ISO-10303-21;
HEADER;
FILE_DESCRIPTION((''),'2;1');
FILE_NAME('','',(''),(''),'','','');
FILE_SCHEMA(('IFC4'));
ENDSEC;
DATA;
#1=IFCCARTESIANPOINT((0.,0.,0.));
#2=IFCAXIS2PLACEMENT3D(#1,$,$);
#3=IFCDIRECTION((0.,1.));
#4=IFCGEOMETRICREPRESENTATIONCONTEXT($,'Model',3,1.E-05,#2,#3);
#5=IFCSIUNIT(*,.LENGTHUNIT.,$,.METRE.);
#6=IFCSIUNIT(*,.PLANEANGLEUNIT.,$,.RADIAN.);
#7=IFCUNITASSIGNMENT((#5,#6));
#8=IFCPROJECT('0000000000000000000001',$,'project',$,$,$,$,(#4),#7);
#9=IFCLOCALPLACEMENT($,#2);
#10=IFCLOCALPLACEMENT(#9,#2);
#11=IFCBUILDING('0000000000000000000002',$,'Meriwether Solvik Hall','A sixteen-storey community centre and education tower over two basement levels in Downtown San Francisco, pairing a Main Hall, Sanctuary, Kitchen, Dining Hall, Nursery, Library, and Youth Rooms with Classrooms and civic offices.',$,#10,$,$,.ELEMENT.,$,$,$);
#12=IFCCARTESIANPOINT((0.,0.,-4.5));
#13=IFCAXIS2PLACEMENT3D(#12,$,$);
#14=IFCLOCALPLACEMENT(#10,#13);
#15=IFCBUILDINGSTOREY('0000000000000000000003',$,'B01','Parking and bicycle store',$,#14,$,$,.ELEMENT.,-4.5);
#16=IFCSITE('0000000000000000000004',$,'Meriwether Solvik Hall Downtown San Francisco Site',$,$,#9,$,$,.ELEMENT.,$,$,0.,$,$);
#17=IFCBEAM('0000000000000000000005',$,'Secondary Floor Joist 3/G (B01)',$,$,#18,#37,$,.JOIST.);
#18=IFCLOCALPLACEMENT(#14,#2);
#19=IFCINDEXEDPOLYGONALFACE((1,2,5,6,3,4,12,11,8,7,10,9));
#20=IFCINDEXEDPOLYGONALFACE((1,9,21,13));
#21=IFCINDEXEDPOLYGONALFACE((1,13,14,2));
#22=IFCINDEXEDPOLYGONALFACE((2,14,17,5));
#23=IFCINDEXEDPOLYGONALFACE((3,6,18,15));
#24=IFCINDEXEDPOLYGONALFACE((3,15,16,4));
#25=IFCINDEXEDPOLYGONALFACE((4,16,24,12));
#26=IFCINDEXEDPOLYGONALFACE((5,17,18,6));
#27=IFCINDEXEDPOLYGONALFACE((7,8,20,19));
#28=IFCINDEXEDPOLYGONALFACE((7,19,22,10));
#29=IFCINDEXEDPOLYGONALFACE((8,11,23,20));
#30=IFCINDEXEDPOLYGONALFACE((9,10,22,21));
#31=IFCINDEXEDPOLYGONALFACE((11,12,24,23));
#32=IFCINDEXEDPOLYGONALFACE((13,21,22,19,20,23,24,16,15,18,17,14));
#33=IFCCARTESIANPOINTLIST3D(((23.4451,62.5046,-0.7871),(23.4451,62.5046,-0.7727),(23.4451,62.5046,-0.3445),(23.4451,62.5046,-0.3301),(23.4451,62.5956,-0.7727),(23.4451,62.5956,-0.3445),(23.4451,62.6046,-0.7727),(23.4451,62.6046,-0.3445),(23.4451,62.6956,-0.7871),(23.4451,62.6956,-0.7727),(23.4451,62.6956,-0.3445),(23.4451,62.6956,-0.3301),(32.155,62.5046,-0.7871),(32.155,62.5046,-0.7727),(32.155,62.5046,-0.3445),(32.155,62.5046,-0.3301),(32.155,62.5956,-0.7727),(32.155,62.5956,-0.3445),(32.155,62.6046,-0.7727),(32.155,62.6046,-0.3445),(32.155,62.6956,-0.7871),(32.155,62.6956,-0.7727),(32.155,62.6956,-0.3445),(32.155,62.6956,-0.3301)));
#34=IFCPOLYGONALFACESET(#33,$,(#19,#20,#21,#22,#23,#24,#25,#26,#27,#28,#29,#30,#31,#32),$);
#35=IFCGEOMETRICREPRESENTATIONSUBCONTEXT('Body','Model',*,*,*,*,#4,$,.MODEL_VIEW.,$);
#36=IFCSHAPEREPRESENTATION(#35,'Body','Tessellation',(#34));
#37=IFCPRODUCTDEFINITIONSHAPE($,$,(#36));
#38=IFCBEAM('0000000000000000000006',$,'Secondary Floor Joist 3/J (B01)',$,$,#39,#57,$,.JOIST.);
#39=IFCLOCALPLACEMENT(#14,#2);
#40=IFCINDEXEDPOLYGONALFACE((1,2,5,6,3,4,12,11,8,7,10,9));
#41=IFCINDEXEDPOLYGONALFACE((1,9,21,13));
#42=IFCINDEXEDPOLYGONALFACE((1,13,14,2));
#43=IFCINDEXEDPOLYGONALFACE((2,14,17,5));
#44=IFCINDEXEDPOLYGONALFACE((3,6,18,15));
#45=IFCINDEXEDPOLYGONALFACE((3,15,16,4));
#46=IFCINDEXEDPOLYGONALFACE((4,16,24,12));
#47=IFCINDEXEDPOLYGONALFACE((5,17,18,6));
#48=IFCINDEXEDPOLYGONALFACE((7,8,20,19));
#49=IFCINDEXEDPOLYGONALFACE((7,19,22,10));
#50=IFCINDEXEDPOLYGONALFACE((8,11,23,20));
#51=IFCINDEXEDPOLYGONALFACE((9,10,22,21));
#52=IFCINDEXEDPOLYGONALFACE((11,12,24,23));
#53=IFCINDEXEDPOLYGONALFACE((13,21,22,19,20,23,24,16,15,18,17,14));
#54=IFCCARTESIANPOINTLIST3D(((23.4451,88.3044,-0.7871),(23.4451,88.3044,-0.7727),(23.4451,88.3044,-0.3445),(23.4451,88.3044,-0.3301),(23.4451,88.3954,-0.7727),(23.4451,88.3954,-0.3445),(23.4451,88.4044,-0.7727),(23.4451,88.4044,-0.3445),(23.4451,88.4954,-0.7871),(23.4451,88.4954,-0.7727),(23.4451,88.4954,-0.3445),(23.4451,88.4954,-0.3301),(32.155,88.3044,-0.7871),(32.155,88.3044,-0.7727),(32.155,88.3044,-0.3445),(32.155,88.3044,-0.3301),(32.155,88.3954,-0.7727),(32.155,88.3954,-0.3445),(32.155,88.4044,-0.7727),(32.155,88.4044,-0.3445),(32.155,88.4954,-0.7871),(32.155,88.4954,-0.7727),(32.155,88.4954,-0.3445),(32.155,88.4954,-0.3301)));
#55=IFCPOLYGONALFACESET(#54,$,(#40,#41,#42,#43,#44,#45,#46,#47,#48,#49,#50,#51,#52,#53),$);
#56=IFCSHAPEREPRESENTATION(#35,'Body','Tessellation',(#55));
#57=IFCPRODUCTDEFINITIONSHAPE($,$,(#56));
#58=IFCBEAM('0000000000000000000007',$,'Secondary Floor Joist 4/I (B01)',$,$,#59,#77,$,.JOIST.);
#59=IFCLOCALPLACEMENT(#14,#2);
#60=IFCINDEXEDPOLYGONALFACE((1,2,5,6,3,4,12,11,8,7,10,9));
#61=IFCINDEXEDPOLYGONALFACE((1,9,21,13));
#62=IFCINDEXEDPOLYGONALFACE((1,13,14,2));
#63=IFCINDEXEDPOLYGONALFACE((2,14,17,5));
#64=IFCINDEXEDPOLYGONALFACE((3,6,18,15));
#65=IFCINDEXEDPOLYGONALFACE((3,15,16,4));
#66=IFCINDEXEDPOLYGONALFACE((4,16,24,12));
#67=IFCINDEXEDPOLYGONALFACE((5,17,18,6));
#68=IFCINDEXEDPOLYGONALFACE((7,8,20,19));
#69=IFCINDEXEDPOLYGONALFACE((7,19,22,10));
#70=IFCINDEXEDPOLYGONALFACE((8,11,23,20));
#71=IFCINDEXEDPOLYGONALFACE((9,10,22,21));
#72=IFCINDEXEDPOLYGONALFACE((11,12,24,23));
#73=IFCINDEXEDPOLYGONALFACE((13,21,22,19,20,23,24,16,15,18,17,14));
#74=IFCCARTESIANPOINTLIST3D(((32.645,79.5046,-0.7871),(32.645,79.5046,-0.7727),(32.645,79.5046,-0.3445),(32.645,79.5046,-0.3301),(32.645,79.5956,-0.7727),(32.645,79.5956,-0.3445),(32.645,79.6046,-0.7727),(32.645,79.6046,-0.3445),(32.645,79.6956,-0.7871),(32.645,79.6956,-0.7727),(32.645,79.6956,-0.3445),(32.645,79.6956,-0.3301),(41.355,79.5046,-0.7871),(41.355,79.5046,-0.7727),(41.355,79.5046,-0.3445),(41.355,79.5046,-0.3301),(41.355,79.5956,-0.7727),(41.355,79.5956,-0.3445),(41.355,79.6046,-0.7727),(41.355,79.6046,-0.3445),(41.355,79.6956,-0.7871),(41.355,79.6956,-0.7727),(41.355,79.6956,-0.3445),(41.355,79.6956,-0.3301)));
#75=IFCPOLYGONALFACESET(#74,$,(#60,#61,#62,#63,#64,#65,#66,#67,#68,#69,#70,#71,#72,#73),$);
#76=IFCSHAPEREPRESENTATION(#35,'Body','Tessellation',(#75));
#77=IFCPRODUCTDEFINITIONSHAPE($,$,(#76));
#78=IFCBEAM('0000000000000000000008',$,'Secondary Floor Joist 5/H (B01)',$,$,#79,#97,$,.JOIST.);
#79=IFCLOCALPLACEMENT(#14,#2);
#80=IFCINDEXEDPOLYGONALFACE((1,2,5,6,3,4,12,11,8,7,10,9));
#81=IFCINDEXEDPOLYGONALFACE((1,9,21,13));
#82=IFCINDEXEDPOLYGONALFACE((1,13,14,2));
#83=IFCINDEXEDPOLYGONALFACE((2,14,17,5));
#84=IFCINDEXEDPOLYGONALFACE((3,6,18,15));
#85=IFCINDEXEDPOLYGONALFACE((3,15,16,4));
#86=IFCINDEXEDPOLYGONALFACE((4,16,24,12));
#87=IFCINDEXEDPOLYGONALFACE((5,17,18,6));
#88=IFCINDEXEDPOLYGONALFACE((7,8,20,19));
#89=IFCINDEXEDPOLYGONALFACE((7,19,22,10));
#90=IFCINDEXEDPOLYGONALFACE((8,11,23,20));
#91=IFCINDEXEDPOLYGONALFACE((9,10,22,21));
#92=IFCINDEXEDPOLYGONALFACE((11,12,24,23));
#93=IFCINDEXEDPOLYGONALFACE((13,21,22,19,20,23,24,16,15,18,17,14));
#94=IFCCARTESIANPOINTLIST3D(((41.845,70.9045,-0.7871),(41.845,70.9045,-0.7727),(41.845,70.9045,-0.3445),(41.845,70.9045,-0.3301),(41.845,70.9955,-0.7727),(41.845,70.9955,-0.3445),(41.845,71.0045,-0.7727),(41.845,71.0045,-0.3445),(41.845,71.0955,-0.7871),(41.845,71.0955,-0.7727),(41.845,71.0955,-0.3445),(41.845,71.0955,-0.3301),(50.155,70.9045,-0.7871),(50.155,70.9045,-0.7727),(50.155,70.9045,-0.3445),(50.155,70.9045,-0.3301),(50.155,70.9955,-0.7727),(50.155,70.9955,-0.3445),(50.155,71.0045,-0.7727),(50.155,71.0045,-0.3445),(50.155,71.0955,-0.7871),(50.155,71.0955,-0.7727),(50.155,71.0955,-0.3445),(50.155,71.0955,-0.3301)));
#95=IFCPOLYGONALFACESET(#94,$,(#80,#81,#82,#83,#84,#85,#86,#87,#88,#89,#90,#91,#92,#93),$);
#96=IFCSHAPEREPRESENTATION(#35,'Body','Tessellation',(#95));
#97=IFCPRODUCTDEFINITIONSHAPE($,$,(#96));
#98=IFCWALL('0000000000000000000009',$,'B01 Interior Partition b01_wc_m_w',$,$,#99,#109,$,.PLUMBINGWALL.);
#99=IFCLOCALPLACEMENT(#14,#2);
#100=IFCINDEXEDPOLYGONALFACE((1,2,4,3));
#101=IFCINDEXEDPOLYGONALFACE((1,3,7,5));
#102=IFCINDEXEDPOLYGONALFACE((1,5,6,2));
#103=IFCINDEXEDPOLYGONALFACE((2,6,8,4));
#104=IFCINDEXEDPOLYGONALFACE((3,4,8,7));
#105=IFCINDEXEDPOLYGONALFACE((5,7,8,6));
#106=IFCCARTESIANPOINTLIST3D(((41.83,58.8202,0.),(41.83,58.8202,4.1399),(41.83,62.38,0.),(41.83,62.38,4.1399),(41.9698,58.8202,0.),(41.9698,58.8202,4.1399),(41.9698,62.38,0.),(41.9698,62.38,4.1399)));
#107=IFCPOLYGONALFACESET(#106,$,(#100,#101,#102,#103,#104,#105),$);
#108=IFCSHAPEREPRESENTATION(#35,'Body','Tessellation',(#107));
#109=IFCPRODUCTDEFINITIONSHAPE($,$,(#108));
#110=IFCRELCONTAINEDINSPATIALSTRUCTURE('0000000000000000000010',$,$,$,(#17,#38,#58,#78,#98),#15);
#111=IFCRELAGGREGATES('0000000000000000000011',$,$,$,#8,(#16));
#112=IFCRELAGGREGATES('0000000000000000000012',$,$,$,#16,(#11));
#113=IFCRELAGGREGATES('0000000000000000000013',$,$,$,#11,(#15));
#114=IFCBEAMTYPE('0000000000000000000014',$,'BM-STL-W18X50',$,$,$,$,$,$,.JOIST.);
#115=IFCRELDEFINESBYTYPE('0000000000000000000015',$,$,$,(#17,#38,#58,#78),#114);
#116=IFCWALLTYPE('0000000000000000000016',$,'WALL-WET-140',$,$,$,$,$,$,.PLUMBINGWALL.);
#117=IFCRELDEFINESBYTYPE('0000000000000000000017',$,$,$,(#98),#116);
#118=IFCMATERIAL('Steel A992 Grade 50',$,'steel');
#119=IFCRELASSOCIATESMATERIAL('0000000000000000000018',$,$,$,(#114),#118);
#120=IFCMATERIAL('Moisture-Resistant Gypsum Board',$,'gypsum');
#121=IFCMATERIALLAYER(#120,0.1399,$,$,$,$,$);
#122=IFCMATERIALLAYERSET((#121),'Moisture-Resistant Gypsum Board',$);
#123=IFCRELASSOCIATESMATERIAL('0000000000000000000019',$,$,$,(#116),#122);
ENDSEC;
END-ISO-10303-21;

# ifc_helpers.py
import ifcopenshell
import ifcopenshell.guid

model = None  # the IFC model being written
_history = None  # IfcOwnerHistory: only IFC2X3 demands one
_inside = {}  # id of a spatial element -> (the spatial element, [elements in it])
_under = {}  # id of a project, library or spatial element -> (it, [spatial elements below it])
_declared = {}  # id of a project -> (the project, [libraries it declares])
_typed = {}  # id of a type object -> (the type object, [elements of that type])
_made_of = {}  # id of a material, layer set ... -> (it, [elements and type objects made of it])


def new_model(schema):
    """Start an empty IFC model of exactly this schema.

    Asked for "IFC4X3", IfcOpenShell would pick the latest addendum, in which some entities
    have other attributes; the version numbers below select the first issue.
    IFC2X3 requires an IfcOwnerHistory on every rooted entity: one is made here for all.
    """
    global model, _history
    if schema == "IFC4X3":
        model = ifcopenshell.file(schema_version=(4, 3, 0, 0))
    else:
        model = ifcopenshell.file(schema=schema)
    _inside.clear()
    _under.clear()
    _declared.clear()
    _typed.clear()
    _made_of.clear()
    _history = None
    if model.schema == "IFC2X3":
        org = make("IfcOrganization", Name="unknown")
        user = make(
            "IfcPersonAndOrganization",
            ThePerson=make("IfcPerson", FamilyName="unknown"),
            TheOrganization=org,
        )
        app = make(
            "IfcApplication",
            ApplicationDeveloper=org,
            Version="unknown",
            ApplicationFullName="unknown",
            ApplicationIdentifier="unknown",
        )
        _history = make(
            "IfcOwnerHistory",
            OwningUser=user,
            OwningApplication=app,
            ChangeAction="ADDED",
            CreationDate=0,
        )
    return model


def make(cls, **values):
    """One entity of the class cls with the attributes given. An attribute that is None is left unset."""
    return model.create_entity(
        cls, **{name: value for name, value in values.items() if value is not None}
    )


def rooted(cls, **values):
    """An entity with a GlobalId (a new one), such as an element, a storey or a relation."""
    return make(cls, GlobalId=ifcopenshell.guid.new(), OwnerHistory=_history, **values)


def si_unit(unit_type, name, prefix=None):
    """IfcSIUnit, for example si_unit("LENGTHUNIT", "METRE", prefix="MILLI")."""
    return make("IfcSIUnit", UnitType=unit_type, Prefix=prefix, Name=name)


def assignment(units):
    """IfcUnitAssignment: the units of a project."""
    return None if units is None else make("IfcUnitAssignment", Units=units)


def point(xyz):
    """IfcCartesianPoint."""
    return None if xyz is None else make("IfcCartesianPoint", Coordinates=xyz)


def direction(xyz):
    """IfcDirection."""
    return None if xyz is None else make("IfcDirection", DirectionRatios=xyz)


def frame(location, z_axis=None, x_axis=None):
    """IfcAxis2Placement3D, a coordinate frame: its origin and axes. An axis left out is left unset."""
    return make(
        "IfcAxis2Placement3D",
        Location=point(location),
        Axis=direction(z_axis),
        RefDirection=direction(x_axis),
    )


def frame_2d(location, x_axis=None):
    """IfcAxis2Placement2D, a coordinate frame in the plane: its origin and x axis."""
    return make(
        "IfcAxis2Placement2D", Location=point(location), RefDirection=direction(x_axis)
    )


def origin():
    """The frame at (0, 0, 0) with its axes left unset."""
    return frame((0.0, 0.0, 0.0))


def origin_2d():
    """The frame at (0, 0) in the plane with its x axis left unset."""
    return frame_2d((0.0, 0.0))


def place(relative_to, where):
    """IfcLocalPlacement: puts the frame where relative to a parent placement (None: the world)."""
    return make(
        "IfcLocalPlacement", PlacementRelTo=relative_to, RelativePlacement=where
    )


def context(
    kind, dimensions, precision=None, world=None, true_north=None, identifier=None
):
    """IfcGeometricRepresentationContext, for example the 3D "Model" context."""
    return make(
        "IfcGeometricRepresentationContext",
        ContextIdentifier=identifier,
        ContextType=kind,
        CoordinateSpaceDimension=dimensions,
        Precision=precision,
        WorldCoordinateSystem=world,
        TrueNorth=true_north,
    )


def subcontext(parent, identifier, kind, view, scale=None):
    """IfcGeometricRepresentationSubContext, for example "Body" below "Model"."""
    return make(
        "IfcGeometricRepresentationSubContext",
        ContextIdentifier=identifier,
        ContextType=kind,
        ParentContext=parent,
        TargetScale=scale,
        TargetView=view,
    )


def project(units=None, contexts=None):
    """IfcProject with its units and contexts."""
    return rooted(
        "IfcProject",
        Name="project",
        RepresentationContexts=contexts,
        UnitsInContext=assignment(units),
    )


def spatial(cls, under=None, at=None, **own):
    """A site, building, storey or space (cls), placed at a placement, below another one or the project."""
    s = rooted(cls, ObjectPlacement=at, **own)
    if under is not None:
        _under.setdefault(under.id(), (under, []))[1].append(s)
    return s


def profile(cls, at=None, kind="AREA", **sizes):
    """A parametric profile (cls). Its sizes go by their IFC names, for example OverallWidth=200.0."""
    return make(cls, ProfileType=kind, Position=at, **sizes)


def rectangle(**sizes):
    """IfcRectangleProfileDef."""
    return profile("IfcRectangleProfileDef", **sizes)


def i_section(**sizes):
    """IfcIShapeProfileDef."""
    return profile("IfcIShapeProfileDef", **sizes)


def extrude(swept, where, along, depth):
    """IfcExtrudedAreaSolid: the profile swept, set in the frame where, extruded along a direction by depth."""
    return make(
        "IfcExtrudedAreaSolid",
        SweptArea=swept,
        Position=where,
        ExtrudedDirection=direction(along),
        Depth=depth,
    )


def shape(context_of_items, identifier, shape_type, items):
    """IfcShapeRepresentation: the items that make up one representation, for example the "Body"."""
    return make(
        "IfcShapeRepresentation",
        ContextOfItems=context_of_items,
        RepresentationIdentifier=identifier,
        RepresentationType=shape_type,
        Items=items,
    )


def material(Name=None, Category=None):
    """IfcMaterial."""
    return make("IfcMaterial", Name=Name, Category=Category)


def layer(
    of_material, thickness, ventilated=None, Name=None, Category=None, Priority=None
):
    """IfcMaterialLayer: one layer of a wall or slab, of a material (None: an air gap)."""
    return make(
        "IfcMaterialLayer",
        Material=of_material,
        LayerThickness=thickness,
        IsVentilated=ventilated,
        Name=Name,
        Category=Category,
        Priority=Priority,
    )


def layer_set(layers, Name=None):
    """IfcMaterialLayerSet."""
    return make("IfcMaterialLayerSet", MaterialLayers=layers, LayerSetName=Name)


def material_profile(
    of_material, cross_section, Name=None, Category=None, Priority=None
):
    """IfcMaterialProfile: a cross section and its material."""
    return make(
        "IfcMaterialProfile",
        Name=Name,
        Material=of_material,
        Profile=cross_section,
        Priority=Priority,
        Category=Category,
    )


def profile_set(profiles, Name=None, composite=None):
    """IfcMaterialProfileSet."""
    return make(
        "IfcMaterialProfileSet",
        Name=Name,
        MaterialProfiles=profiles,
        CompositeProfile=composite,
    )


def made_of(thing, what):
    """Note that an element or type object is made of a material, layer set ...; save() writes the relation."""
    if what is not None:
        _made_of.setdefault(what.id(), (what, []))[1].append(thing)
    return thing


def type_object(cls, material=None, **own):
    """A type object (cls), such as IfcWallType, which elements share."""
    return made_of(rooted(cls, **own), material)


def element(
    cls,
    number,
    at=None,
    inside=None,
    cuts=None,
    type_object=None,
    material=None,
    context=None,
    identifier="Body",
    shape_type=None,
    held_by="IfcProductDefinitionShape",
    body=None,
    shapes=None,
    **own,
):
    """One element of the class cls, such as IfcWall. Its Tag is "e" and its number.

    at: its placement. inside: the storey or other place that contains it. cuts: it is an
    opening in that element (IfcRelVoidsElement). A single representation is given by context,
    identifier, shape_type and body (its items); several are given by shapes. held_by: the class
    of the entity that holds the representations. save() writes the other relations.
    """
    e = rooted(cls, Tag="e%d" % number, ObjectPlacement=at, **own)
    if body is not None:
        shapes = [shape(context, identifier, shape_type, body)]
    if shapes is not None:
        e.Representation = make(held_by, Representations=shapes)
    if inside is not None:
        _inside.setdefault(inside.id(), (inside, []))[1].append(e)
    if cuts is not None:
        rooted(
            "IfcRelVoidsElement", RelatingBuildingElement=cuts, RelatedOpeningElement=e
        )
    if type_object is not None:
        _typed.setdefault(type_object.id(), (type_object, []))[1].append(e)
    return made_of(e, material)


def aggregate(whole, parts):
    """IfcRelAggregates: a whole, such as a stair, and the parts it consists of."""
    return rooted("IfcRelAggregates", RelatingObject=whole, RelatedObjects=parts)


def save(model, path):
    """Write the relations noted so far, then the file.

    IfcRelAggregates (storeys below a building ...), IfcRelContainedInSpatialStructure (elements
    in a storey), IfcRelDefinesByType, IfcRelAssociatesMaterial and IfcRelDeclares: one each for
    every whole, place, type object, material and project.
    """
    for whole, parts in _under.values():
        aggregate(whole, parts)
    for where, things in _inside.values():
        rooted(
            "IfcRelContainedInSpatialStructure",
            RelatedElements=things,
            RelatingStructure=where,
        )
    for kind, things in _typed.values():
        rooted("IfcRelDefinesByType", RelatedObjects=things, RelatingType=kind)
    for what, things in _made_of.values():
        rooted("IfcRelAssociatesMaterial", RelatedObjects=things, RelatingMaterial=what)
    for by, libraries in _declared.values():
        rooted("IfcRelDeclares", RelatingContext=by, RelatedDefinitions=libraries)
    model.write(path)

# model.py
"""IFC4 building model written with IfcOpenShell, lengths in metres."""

from ifc_helpers import new_model, si_unit, direction, frame, frame_2d, origin, origin_2d, place, context, subcontext, project, spatial, rectangle, i_section, extrude, material, layer, layer_set, material_profile, profile_set, type_object, element, save


model = new_model("IFC4")

# Units and contexts
model_context = context("Model", 3, precision=1e-05, world=origin(), true_north=direction((0.0, 1.0)))
body_context = subcontext(model_context, "Body", "Model", "MODEL_VIEW")
ifc_project = project(units=[si_unit("LENGTHUNIT", "METRE"), si_unit("PLANEANGLEUNIT", "RADIAN")], contexts=[model_context])

# Site, building, storey
site_placement = place(None, origin())
site = spatial("IfcSite", under=ifc_project, at=site_placement, Name="Meriwether Solvik Hall Downtown San Francisco Site", CompositionType="ELEMENT", RefElevation=0.0)
building_placement = place(site_placement, origin())
building = spatial("IfcBuilding", under=site, at=building_placement, Name="Meriwether Solvik Hall", Description="A sixteen-storey community centre and education tower over two basement levels in Downtown San Francisco, pairing a Main Hall, Sanctuary, Kitchen, Dining Hall, Nursery, Library, and Youth Rooms with Classrooms and civic offices.", CompositionType="ELEMENT")
storey_placement = place(building_placement, frame((0.0, 0.0, -4.5)))
storey = spatial("IfcBuildingStorey", under=building, at=storey_placement, Name="B01", Description="Parking and bicycle store", CompositionType="ELEMENT", Elevation=-4.5)

# Beams
ifc_material_1 = material(Name="Steel A992 Grade 50", Category="steel")
ifc_material_profile_1 = material_profile(ifc_material_1, i_section(OverallWidth=0.1909, OverallDepth=0.457, WebThickness=0.009, FlangeThickness=0.0144, at=origin_2d()), Name="W18X50")
ifc_profile_set_1 = profile_set([ifc_material_profile_1], Name="Steel A992 Grade 50")
beam_type_1 = type_object("IfcBeamType", Name="BM-STL-W18X50", PredefinedType="JOIST", material=ifc_profile_set_1)
for number, where, z_axis, x_axis, name in (
    (1, (23.4451, 62.6001, -0.5586), (1.0, 0.0, 0.0), (0.0, 1.0, 0.0), "Secondary Floor Joist 3/G (B01)"),
    (2, (23.4451, 88.3999, -0.5586), (1.0, 0.0, 0.0), (0.0, 1.0, 0.0), "Secondary Floor Joist 3/J (B01)"),
    (3, (32.645, 79.6001, -0.5586), (1.0, 0.0, 0.0), (0.0, 1.0, 0.0), "Secondary Floor Joist 4/I (B01)"),
):
    element("IfcBeam", number, at=place(storey_placement, frame(where, z_axis=z_axis, x_axis=x_axis)), inside=storey, type_object=beam_type_1, Name=name, PredefinedType="JOIST", context=body_context, shape_type="SweptSolid", body=[
        extrude(i_section(OverallWidth=0.1909, OverallDepth=0.457, WebThickness=0.009, FlangeThickness=0.0144, at=origin_2d()), origin(), (0.0, 0.0, 1.0), 8.71),
    ])
beam_1_placement = place(storey_placement, frame((41.845, 71.0, -0.5586), z_axis=(1.0, 0.0, 0.0), x_axis=(0.0, 1.0, 0.0)))
element("IfcBeam", 4, at=beam_1_placement, inside=storey, type_object=beam_type_1, Name="Secondary Floor Joist 5/H (B01)", PredefinedType="JOIST", context=body_context, shape_type="SweptSolid", body=[
    extrude(i_section(OverallWidth=0.1909, OverallDepth=0.457, WebThickness=0.009, FlangeThickness=0.0144, at=origin_2d()), origin(), (0.0, 0.0, 1.0), 8.3101),
])

# Wall
ifc_material_2 = material(Name="Moisture-Resistant Gypsum Board", Category="gypsum")
ifc_layer = layer(ifc_material_2, 0.1399)
ifc_layer_set = layer_set([ifc_layer], Name="Moisture-Resistant Gypsum Board")
wall_type = type_object("IfcWallType", Name="WALL-WET-140", PredefinedType="PLUMBINGWALL", material=ifc_layer_set)
wall_placement = place(storey_placement, frame((41.8999, 62.3799, 0.0), z_axis=(0.0, 0.0, 1.0), x_axis=(0.0, -1.0, 0.0)))
element("IfcWall", 5, at=wall_placement, inside=storey, type_object=wall_type, Name="B01 Interior Partition b01_wc_m_w", PredefinedType="PLUMBINGWALL", context=body_context, shape_type="SweptSolid", body=[
    extrude(rectangle(XDim=3.5598, YDim=0.1399, at=frame_2d((1.7798, 0.0))), origin(), (0.0, 0.0, 1.0), 4.1399),
])

save(model, "model.ifc")
